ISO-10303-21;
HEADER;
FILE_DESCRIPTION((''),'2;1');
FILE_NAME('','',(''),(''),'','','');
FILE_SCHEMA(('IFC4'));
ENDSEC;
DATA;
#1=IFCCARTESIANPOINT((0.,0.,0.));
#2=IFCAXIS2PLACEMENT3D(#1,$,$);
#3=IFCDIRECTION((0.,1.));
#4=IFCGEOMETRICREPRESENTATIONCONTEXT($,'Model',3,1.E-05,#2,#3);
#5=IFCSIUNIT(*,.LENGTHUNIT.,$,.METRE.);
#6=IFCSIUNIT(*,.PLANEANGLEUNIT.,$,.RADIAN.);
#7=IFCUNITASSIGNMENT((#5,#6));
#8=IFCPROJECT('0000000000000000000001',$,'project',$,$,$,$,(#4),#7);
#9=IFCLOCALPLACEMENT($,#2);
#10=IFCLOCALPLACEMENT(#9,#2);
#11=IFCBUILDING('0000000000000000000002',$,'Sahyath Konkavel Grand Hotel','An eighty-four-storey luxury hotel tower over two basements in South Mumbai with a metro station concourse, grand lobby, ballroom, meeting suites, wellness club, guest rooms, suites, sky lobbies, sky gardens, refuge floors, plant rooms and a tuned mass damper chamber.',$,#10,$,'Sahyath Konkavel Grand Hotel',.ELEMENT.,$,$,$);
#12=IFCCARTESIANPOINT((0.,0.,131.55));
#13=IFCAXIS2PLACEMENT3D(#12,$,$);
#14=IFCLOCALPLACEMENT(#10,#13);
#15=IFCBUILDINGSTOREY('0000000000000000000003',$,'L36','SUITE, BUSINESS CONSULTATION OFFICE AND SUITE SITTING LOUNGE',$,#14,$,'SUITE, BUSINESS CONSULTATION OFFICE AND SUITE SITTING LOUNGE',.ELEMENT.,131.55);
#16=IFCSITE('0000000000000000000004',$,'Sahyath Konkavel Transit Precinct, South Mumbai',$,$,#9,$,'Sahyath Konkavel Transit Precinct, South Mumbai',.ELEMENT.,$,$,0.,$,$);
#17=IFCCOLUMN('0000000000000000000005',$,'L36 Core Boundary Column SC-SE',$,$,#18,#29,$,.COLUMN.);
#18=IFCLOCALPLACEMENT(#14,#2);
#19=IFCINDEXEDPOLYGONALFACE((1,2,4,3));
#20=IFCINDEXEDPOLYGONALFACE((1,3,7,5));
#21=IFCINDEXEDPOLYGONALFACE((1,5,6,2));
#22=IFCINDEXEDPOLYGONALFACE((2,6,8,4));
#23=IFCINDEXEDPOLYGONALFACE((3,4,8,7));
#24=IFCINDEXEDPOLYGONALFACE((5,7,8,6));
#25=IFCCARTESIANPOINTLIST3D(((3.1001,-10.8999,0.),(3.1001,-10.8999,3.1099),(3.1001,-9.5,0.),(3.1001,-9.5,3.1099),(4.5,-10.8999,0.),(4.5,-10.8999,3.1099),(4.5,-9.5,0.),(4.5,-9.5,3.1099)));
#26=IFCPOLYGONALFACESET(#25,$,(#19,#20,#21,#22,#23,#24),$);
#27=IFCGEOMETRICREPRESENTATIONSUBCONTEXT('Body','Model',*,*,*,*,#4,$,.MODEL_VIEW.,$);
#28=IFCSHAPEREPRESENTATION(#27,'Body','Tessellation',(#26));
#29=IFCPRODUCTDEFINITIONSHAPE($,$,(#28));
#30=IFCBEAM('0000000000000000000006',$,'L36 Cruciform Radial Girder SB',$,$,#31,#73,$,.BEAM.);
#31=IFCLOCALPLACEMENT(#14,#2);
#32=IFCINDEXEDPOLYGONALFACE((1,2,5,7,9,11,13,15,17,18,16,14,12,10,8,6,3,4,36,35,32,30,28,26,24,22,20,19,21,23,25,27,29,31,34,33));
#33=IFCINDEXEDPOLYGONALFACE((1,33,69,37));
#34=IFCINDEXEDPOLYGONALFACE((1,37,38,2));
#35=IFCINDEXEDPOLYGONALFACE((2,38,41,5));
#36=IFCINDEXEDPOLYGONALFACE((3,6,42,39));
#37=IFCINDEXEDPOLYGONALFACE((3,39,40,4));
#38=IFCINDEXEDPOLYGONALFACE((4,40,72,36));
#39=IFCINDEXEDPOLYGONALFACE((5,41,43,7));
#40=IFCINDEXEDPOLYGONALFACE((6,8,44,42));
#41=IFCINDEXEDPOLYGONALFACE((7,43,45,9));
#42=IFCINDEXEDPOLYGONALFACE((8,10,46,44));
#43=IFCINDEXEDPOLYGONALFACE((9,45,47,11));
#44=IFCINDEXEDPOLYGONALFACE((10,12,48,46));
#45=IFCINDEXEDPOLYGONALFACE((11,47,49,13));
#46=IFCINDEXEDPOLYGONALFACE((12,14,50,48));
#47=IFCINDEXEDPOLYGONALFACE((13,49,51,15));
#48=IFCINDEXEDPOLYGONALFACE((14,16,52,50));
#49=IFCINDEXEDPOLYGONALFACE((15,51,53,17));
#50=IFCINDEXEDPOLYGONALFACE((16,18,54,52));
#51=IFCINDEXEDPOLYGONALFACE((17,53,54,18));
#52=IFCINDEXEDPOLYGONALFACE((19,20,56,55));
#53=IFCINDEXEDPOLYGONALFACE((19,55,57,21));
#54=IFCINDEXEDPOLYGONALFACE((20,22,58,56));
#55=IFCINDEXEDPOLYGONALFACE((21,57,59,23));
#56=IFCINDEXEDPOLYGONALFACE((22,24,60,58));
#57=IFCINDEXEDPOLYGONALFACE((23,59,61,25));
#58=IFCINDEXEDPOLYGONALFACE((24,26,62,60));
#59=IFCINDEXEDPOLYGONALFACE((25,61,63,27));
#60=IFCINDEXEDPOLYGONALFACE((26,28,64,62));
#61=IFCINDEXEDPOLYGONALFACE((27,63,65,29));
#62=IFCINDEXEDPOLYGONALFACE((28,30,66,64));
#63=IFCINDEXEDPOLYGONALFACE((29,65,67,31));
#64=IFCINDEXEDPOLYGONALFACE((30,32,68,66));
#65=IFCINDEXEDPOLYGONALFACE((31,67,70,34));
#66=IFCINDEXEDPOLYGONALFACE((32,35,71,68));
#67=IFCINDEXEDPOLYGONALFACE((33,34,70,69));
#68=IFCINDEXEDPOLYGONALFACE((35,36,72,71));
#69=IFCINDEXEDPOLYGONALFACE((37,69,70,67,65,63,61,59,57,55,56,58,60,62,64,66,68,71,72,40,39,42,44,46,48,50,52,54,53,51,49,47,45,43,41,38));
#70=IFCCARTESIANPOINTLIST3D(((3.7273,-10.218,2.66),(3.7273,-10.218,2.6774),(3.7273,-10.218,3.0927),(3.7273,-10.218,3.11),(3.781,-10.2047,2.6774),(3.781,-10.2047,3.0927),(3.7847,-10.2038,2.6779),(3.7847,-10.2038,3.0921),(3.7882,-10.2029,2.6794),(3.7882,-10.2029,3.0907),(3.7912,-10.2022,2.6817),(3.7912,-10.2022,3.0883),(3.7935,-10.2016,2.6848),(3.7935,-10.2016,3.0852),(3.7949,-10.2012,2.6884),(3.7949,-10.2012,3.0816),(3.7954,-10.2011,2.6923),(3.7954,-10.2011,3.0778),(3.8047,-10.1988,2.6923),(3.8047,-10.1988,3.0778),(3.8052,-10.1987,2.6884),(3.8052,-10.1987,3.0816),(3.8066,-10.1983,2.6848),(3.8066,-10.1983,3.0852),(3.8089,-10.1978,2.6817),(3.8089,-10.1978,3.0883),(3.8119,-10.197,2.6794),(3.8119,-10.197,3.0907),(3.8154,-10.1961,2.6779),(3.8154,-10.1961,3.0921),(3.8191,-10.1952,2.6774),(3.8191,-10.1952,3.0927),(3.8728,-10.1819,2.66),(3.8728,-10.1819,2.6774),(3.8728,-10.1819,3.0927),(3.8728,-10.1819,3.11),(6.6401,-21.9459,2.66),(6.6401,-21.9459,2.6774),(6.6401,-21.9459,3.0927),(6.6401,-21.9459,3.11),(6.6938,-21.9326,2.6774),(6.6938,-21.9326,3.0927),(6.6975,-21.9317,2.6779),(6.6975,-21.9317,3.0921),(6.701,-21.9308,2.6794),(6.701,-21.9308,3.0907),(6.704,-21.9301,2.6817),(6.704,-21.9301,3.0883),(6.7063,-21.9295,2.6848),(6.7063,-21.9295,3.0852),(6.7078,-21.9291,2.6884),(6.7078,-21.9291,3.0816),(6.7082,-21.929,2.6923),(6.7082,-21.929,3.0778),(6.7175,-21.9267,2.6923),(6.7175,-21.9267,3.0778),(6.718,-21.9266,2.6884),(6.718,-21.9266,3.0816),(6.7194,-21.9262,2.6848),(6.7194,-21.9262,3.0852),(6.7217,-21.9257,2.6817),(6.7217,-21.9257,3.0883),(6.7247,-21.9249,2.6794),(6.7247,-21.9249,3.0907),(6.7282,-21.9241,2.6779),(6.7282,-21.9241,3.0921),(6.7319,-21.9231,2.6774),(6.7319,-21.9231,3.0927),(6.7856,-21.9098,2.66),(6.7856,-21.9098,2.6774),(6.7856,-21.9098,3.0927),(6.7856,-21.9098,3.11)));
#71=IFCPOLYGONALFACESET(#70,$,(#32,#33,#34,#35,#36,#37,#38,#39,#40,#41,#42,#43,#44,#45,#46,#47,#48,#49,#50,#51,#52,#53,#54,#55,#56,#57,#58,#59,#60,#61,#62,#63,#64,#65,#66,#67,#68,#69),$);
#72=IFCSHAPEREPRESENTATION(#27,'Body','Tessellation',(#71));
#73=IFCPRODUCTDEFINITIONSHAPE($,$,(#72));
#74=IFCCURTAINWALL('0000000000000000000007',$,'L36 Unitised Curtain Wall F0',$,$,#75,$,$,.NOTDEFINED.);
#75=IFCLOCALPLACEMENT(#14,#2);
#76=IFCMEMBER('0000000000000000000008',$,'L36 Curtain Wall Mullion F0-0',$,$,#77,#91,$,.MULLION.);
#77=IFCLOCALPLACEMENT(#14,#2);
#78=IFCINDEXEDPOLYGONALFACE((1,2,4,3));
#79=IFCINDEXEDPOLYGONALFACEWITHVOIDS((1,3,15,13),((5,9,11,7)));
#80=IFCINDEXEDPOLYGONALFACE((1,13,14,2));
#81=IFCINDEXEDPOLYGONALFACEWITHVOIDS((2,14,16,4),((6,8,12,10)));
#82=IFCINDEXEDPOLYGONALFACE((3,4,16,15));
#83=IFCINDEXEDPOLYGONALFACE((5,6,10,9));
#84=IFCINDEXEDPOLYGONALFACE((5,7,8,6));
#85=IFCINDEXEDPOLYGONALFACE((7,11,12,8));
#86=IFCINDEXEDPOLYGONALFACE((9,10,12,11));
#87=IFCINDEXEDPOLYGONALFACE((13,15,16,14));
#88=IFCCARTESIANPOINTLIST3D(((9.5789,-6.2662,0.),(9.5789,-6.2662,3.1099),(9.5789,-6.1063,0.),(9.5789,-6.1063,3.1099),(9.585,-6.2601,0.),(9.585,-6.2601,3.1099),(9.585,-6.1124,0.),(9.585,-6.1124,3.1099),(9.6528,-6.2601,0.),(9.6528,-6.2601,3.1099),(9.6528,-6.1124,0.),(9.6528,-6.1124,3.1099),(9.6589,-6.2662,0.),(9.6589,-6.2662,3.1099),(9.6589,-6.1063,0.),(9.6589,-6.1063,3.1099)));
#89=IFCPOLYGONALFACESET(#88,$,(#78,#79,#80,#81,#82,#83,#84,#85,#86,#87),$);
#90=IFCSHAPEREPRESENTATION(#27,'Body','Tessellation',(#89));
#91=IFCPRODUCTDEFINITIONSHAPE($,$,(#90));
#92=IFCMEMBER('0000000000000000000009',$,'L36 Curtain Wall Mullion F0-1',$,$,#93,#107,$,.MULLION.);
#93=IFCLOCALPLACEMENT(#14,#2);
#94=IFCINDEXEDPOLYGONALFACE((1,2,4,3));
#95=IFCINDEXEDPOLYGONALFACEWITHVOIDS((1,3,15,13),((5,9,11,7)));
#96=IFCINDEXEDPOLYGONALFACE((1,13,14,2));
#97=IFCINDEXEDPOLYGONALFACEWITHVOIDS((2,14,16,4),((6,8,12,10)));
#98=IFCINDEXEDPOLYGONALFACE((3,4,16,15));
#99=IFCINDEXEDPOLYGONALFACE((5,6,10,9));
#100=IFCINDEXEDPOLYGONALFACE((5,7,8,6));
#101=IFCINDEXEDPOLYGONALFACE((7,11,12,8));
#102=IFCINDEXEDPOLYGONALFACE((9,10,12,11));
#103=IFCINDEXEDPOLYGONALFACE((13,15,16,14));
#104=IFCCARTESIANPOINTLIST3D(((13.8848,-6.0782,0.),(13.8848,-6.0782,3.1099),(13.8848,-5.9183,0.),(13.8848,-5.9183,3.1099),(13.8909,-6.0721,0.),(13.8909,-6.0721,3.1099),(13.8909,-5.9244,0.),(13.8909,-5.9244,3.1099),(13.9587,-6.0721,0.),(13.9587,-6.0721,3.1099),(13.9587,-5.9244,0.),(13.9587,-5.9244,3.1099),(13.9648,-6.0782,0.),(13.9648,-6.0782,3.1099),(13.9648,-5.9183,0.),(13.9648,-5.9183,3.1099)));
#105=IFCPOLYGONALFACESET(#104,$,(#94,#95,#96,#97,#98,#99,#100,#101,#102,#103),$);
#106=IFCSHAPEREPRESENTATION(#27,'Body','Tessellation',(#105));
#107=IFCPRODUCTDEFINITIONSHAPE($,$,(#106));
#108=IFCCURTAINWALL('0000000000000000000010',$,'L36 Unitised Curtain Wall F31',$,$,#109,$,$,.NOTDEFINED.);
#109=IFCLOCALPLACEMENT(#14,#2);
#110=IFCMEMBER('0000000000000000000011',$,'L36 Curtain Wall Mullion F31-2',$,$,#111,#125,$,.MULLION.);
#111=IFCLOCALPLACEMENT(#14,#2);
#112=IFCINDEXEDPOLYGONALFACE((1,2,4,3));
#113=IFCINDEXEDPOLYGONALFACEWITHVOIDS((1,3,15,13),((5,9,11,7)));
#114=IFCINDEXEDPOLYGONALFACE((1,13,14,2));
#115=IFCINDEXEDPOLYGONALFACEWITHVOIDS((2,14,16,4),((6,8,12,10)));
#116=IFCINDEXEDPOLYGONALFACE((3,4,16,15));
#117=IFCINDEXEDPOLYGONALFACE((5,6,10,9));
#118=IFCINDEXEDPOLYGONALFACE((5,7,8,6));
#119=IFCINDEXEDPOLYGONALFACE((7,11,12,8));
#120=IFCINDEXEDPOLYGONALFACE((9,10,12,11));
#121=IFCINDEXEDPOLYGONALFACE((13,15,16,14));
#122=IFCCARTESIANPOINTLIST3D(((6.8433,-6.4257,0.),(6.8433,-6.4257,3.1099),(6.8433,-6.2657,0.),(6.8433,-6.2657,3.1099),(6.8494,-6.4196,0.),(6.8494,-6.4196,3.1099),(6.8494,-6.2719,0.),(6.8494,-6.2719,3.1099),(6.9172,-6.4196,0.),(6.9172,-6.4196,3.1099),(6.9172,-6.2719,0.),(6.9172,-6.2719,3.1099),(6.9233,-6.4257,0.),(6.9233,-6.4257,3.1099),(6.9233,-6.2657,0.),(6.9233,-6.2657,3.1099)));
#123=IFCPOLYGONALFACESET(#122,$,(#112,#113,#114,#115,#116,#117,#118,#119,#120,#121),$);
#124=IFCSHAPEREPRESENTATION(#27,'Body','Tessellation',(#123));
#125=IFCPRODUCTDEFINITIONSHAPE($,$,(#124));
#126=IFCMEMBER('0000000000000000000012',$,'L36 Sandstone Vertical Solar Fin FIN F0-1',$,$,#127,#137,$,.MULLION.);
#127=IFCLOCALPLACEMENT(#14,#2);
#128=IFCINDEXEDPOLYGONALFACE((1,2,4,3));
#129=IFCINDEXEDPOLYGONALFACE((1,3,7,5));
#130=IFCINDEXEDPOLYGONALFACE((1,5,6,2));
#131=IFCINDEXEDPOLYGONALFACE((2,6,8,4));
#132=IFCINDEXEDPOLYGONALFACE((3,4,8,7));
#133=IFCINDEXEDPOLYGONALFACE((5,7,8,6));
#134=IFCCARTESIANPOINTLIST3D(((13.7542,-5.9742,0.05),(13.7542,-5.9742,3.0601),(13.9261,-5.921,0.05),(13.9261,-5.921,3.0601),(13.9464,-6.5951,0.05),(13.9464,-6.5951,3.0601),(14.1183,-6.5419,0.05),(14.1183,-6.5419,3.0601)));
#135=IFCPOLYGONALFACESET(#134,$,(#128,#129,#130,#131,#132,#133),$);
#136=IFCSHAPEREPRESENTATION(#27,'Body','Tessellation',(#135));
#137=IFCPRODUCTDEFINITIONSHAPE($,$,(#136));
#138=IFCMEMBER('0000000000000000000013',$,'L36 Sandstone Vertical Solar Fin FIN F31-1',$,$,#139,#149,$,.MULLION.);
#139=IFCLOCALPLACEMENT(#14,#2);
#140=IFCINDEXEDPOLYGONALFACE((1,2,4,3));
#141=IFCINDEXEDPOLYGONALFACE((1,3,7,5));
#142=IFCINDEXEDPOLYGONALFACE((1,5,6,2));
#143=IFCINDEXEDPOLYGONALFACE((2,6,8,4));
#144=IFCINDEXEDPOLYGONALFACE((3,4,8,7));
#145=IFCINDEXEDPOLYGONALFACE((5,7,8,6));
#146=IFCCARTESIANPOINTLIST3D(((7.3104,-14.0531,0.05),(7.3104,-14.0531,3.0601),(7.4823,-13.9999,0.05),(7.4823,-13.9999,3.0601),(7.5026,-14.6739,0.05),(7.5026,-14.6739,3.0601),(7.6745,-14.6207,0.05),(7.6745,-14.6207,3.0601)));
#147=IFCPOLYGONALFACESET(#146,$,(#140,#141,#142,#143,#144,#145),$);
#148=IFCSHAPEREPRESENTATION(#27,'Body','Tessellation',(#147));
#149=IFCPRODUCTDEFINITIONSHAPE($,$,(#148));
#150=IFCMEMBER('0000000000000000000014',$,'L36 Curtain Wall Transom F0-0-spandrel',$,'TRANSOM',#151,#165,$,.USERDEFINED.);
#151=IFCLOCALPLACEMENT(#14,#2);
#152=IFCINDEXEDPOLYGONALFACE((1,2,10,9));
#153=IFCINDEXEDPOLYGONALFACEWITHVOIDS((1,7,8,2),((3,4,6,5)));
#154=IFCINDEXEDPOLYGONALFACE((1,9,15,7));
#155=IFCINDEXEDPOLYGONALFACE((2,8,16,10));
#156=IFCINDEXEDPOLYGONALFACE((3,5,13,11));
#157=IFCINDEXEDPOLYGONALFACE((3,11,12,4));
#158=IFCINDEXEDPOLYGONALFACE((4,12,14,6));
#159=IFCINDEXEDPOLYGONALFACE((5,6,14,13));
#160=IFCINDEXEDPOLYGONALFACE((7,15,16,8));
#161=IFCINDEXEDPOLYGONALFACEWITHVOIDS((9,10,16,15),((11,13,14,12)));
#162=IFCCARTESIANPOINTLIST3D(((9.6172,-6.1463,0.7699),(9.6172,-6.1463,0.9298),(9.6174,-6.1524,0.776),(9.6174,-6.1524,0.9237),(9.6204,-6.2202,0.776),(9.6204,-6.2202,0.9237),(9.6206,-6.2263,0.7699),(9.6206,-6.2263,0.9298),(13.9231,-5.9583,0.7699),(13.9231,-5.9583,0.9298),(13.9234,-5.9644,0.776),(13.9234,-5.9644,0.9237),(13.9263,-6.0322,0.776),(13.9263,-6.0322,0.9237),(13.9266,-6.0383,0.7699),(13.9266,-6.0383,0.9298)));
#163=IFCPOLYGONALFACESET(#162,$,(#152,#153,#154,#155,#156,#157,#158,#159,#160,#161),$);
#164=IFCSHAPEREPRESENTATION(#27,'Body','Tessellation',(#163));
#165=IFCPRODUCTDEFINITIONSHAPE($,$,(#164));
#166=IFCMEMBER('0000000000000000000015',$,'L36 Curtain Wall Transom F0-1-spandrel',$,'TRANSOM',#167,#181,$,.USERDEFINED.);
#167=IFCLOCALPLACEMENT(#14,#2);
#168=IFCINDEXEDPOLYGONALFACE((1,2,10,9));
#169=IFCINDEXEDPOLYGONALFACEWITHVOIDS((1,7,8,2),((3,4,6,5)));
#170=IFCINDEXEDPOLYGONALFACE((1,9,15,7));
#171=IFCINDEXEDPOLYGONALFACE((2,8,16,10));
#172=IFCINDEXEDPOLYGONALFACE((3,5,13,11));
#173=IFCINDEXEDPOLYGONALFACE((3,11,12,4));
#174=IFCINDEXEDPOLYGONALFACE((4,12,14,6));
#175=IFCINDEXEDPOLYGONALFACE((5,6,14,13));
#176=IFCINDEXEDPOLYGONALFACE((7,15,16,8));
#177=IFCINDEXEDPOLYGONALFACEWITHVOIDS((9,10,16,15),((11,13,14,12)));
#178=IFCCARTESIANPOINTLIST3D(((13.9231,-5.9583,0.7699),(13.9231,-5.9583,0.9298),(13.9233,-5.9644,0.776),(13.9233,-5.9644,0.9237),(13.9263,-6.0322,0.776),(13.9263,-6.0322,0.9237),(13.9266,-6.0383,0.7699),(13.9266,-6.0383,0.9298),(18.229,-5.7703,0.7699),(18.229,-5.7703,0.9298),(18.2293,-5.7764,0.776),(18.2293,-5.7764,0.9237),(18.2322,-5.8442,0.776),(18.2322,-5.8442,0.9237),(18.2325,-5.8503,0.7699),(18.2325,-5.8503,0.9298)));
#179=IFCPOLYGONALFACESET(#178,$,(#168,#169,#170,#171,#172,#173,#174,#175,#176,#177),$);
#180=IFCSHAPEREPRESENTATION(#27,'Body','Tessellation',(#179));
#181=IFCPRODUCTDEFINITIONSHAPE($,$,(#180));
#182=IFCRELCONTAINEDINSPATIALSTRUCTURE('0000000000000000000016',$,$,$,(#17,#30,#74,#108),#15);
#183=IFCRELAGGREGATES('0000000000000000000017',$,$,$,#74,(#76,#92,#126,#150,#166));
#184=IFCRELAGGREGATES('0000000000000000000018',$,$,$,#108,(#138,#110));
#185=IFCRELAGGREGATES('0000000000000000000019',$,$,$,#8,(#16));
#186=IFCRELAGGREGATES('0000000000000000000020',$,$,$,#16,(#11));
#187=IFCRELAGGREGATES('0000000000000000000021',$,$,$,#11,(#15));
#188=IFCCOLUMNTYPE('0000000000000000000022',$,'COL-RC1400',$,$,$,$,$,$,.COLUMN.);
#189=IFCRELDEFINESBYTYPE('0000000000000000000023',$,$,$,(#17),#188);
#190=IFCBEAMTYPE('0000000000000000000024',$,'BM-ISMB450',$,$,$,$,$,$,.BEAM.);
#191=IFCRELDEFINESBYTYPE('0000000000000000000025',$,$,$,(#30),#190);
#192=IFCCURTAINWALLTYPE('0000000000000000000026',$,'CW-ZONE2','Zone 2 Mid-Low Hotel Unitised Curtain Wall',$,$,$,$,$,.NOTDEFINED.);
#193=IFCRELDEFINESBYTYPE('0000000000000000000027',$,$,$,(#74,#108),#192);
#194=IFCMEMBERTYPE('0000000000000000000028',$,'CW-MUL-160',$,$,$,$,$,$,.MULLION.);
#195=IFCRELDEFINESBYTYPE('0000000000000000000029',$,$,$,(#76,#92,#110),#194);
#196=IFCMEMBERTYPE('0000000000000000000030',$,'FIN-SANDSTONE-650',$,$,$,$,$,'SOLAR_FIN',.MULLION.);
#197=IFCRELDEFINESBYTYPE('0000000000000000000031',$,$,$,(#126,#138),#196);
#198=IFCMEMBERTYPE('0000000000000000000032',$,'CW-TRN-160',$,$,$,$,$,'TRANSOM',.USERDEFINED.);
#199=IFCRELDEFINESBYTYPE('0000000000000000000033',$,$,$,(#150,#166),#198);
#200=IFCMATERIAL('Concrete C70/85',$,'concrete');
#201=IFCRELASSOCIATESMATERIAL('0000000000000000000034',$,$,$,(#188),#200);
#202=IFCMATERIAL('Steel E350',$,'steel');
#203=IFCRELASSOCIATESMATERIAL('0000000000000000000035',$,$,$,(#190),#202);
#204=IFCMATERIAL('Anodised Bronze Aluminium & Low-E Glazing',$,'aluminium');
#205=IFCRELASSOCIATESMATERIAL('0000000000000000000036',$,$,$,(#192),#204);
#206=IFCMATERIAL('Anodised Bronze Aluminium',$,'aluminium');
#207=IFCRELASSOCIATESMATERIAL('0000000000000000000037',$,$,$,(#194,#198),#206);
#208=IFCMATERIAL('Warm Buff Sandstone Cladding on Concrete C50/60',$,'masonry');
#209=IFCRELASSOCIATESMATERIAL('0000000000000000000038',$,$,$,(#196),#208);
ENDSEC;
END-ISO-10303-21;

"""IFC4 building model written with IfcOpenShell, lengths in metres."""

from ifc_helpers import new_model, si_unit, direction, frame, origin, origin_2d, place, context, subcontext, project, spatial, rectangle, hollow_rectangle, i_section, extrude, source, transform, mapped, material, material_profile, profile_set, type_object, element, aggregate, save


model = new_model("IFC4")

# Units and contexts
model_context = context("Model", 3, precision=1e-05, world=origin(), true_north=direction((0.0, 1.0)))
body_context = subcontext(model_context, "Body", "Model", "MODEL_VIEW")
ifc_project = project(units=[si_unit("LENGTHUNIT", "METRE"), si_unit("PLANEANGLEUNIT", "RADIAN")], contexts=[model_context])

# Site, building, storey
site_placement = place(None, origin())
site = spatial("IfcSite", under=ifc_project, at=site_placement, Name="Sahyath Konkavel Transit Precinct, South Mumbai", LongName="Sahyath Konkavel Transit Precinct, South Mumbai", CompositionType="ELEMENT", RefElevation=0.0)
building_placement = place(site_placement, origin())
building = spatial("IfcBuilding", under=site, at=building_placement, Name="Sahyath Konkavel Grand Hotel", Description="An eighty-four-storey luxury hotel tower over two basements in South Mumbai with a metro station concourse, grand lobby, ballroom, meeting suites, wellness club, guest rooms, suites, sky lobbies, sky gardens, refuge floors, plant rooms and a tuned mass damper chamber.", LongName="Sahyath Konkavel Grand Hotel", CompositionType="ELEMENT")
storey_placement = place(building_placement, frame((0.0, 0.0, 131.55)))
storey = spatial("IfcBuildingStorey", under=building, at=storey_placement, Name="L36", Description="SUITE, BUSINESS CONSULTATION OFFICE AND SUITE SITTING LOUNGE", LongName="SUITE, BUSINESS CONSULTATION OFFICE AND SUITE SITTING LOUNGE", CompositionType="ELEMENT", Elevation=131.55)

# Column
ifc_material_1 = material(Name="Concrete C70/85", Category="concrete")
ifc_material_profile_1 = material_profile(ifc_material_1, rectangle(XDim=1.3999, YDim=1.3999, at=origin_2d()), Name="RC 1400x1400")
ifc_profile_set_1 = profile_set([ifc_material_profile_1], Name="Concrete C70/85")
column_type = type_object("IfcColumnType", Name="COL-RC1400", PredefinedType="COLUMN", material=ifc_profile_set_1)
shared_shape_1 = source(origin(), body_context, "Body", "SweptSolid", [
    extrude(rectangle(XDim=1.3999, YDim=1.3999, at=origin_2d()), origin(), (0.0, 0.0, 1.0), 3.1099),
])
column_placement = place(storey_placement, frame((3.8, -10.2, 0.0), z_axis=(0.0, 0.0, 1.0), x_axis=(1.0, 0.0, 0.0)))
element("IfcColumn", 1, at=column_placement, inside=storey, type_object=column_type, Name="L36 Core Boundary Column SC-SE", PredefinedType="COLUMN", context=body_context, shape_type="MappedRepresentation", body=[
    mapped(shared_shape_1, transform((0.0, 0.0, 0.0), scale=1.0)),
])

# Beam
ifc_material_2 = material(Name="Steel E350", Category="steel")
ifc_material_profile_2 = material_profile(ifc_material_2, i_section(OverallWidth=0.1499, OverallDepth=0.45, WebThickness=0.0095, FlangeThickness=0.0173, FilletRadius=0.0149, at=origin_2d()), Name="ISMB 450")
ifc_profile_set_2 = profile_set([ifc_material_profile_2], Name="Steel E350")
beam_type = type_object("IfcBeamType", Name="BM-ISMB450", PredefinedType="BEAM", material=ifc_profile_set_2)
shared_shape_2 = source(origin(), body_context, "Body", "SweptSolid", [
    extrude(i_section(OverallWidth=0.1499, OverallDepth=0.45, WebThickness=0.0095, FlangeThickness=0.0173, FilletRadius=0.0149, at=origin_2d()), origin(), (0.0, 0.0, 1.0), 12.0842),
])
beam_placement = place(storey_placement, frame((3.8, -10.2, 2.885), z_axis=(0.241043, -0.970515, 0.0), x_axis=(0.970515, 0.241043, 0.0)))
element("IfcBeam", 2, at=beam_placement, inside=storey, type_object=beam_type, Name="L36 Cruciform Radial Girder SB", PredefinedType="BEAM", context=body_context, shape_type="MappedRepresentation", body=[
    mapped(shared_shape_2, transform((0.0, 0.0, 0.0), scale=1.0)),
])

# Curtain wall, members
ifc_material_3 = material(Name="Anodised Bronze Aluminium & Low-E Glazing", Category="aluminium")
curtain_wall_type = type_object("IfcCurtainWallType", Name="CW-ZONE2", Description="Zone 2 Mid-Low Hotel Unitised Curtain Wall", PredefinedType="NOTDEFINED", material=ifc_material_3)
curtain_wall_1_placement = place(storey_placement, origin())
curtain_wall_1 = element("IfcCurtainWall", 3, at=curtain_wall_1_placement, inside=storey, type_object=curtain_wall_type, Name="L36 Unitised Curtain Wall F0", PredefinedType="NOTDEFINED")
ifc_material_4 = material(Name="Anodised Bronze Aluminium", Category="aluminium")
ifc_material_profile_3 = material_profile(ifc_material_4, hollow_rectangle(XDim=0.0801, YDim=0.1599, WallThickness=0.0061, at=origin_2d()), Name="RHS 160x80x6")
ifc_profile_set_3 = profile_set([ifc_material_profile_3], Name="Anodised Bronze Aluminium")
member_type_1 = type_object("IfcMemberType", Name="CW-MUL-160", PredefinedType="MULLION", material=ifc_profile_set_3)
shared_shape_3 = source(origin(), body_context, "Body", "SweptSolid", [
    extrude(hollow_rectangle(XDim=0.0801, YDim=0.1599, WallThickness=0.0061, at=origin_2d()), origin(), (0.0, 0.0, 1.0), 3.1099),
])
member_1_placement = place(storey_placement, frame((9.6189, -6.1863, 0.0), z_axis=(0.0, 0.0, 1.0), x_axis=(1.0, 0.0, 0.0)))
member_1 = element("IfcMember", 4, at=member_1_placement, type_object=member_type_1, Name="L36 Curtain Wall Mullion F0-0", PredefinedType="MULLION", context=body_context, shape_type="MappedRepresentation", body=[
    mapped(shared_shape_3, transform((0.0, 0.0, 0.0), scale=1.0)),
])
member_2_placement = place(storey_placement, frame((13.9248, -5.9983, 0.0), z_axis=(0.0, 0.0, 1.0), x_axis=(1.0, 0.0, 0.0)))
member_2 = element("IfcMember", 5, at=member_2_placement, type_object=member_type_1, Name="L36 Curtain Wall Mullion F0-1", PredefinedType="MULLION", context=body_context, shape_type="MappedRepresentation", body=[
    mapped(shared_shape_3, transform((0.0, 0.0, 0.0), scale=1.0)),
])

# Curtain wall, member
curtain_wall_2_placement = place(storey_placement, origin())
curtain_wall_2 = element("IfcCurtainWall", 6, at=curtain_wall_2_placement, inside=storey, type_object=curtain_wall_type, Name="L36 Unitised Curtain Wall F31", PredefinedType="NOTDEFINED")
member_3_placement = place(storey_placement, frame((6.8833, -6.3457, 0.0), z_axis=(0.0, 0.0, 1.0), x_axis=(1.0, 0.0, 0.0)))
member_3 = element("IfcMember", 7, at=member_3_placement, type_object=member_type_1, Name="L36 Curtain Wall Mullion F31-2", PredefinedType="MULLION", context=body_context, shape_type="MappedRepresentation", body=[
    mapped(shared_shape_3, transform((0.0, 0.0, 0.0), scale=1.0)),
])

# Members
ifc_material_5 = material(Name="Warm Buff Sandstone Cladding on Concrete C50/60", Category="masonry")
ifc_material_profile_4 = material_profile(ifc_material_5, rectangle(XDim=0.1799, YDim=0.6499, at=origin_2d()), Name="FIN 180x650")
ifc_profile_set_4 = profile_set([ifc_material_profile_4], Name="Warm Buff Sandstone Cladding on Concrete C50/60")
member_type_2 = type_object("IfcMemberType", Name="FIN-SANDSTONE-650", ElementType="SOLAR_FIN", PredefinedType="MULLION", material=ifc_profile_set_4)
shared_shape_4 = source(origin(), body_context, "Body", "SweptSolid", [
    extrude(rectangle(XDim=0.1799, YDim=0.6499, at=origin_2d()), origin(), (0.0, 0.0, 1.0), 3.01),
])
member_4_placement = place(storey_placement, frame((13.9363, -6.2581, 0.05), z_axis=(0.0, 0.0, 1.0), x_axis=(0.955278, 0.295708, 0.0)))
member_4 = element("IfcMember", 8, at=member_4_placement, type_object=member_type_2, Name="L36 Sandstone Vertical Solar Fin FIN F0-1", PredefinedType="MULLION", context=body_context, shape_type="MappedRepresentation", body=[
    mapped(shared_shape_4, transform((0.0, 0.0, 0.0), scale=1.0)),
])
member_5_placement = place(storey_placement, frame((7.4924, -14.3369, 0.05), z_axis=(0.0, 0.0, 1.0), x_axis=(0.955278, 0.295708, 0.0)))
member_5 = element("IfcMember", 9, at=member_5_placement, type_object=member_type_2, Name="L36 Sandstone Vertical Solar Fin FIN F31-1", PredefinedType="MULLION", context=body_context, shape_type="MappedRepresentation", body=[
    mapped(shared_shape_4, transform((0.0, 0.0, 0.0), scale=1.0)),
])
ifc_material_profile_5 = material_profile(ifc_material_4, hollow_rectangle(XDim=0.0801, YDim=0.1599, WallThickness=0.0061, at=origin_2d()), Name="RHS 160x80x6")
ifc_profile_set_5 = profile_set([ifc_material_profile_5], Name="Anodised Bronze Aluminium")
member_type_3 = type_object("IfcMemberType", Name="CW-TRN-160", ElementType="TRANSOM", PredefinedType="USERDEFINED", material=ifc_profile_set_5)
shared_shape_5 = source(origin(), body_context, "Body", "SweptSolid", [
    extrude(hollow_rectangle(XDim=0.0801, YDim=0.1599, WallThickness=0.0061, at=origin_2d()), origin(), (0.0, 0.0, 1.0), 4.3101),
])
member_6_placement = place(storey_placement, frame((9.6189, -6.1863, 0.8499), z_axis=(0.999048, 0.043617, 0.0), x_axis=(-0.043617, 0.999048, 0.0)))
member_6 = element("IfcMember", 10, at=member_6_placement, type_object=member_type_3, Name="L36 Curtain Wall Transom F0-0-spandrel", ObjectType="TRANSOM", PredefinedType="USERDEFINED", context=body_context, shape_type="MappedRepresentation", body=[
    mapped(shared_shape_5, transform((0.0, 0.0, 0.0), scale=1.0)),
])
member_7_placement = place(storey_placement, frame((13.9248, -5.9983, 0.8499), z_axis=(0.999048, 0.043617, 0.0), x_axis=(-0.043617, 0.999048, 0.0)))
member_7 = element("IfcMember", 11, at=member_7_placement, type_object=member_type_3, Name="L36 Curtain Wall Transom F0-1-spandrel", ObjectType="TRANSOM", PredefinedType="USERDEFINED", context=body_context, shape_type="MappedRepresentation", body=[
    mapped(shared_shape_5, transform((0.0, 0.0, 0.0), scale=1.0)),
])

aggregate(curtain_wall_1, [member_1, member_2, member_4, member_6, member_7])
aggregate(curtain_wall_2, [member_5, member_3])

save(model, "model.ifc")
